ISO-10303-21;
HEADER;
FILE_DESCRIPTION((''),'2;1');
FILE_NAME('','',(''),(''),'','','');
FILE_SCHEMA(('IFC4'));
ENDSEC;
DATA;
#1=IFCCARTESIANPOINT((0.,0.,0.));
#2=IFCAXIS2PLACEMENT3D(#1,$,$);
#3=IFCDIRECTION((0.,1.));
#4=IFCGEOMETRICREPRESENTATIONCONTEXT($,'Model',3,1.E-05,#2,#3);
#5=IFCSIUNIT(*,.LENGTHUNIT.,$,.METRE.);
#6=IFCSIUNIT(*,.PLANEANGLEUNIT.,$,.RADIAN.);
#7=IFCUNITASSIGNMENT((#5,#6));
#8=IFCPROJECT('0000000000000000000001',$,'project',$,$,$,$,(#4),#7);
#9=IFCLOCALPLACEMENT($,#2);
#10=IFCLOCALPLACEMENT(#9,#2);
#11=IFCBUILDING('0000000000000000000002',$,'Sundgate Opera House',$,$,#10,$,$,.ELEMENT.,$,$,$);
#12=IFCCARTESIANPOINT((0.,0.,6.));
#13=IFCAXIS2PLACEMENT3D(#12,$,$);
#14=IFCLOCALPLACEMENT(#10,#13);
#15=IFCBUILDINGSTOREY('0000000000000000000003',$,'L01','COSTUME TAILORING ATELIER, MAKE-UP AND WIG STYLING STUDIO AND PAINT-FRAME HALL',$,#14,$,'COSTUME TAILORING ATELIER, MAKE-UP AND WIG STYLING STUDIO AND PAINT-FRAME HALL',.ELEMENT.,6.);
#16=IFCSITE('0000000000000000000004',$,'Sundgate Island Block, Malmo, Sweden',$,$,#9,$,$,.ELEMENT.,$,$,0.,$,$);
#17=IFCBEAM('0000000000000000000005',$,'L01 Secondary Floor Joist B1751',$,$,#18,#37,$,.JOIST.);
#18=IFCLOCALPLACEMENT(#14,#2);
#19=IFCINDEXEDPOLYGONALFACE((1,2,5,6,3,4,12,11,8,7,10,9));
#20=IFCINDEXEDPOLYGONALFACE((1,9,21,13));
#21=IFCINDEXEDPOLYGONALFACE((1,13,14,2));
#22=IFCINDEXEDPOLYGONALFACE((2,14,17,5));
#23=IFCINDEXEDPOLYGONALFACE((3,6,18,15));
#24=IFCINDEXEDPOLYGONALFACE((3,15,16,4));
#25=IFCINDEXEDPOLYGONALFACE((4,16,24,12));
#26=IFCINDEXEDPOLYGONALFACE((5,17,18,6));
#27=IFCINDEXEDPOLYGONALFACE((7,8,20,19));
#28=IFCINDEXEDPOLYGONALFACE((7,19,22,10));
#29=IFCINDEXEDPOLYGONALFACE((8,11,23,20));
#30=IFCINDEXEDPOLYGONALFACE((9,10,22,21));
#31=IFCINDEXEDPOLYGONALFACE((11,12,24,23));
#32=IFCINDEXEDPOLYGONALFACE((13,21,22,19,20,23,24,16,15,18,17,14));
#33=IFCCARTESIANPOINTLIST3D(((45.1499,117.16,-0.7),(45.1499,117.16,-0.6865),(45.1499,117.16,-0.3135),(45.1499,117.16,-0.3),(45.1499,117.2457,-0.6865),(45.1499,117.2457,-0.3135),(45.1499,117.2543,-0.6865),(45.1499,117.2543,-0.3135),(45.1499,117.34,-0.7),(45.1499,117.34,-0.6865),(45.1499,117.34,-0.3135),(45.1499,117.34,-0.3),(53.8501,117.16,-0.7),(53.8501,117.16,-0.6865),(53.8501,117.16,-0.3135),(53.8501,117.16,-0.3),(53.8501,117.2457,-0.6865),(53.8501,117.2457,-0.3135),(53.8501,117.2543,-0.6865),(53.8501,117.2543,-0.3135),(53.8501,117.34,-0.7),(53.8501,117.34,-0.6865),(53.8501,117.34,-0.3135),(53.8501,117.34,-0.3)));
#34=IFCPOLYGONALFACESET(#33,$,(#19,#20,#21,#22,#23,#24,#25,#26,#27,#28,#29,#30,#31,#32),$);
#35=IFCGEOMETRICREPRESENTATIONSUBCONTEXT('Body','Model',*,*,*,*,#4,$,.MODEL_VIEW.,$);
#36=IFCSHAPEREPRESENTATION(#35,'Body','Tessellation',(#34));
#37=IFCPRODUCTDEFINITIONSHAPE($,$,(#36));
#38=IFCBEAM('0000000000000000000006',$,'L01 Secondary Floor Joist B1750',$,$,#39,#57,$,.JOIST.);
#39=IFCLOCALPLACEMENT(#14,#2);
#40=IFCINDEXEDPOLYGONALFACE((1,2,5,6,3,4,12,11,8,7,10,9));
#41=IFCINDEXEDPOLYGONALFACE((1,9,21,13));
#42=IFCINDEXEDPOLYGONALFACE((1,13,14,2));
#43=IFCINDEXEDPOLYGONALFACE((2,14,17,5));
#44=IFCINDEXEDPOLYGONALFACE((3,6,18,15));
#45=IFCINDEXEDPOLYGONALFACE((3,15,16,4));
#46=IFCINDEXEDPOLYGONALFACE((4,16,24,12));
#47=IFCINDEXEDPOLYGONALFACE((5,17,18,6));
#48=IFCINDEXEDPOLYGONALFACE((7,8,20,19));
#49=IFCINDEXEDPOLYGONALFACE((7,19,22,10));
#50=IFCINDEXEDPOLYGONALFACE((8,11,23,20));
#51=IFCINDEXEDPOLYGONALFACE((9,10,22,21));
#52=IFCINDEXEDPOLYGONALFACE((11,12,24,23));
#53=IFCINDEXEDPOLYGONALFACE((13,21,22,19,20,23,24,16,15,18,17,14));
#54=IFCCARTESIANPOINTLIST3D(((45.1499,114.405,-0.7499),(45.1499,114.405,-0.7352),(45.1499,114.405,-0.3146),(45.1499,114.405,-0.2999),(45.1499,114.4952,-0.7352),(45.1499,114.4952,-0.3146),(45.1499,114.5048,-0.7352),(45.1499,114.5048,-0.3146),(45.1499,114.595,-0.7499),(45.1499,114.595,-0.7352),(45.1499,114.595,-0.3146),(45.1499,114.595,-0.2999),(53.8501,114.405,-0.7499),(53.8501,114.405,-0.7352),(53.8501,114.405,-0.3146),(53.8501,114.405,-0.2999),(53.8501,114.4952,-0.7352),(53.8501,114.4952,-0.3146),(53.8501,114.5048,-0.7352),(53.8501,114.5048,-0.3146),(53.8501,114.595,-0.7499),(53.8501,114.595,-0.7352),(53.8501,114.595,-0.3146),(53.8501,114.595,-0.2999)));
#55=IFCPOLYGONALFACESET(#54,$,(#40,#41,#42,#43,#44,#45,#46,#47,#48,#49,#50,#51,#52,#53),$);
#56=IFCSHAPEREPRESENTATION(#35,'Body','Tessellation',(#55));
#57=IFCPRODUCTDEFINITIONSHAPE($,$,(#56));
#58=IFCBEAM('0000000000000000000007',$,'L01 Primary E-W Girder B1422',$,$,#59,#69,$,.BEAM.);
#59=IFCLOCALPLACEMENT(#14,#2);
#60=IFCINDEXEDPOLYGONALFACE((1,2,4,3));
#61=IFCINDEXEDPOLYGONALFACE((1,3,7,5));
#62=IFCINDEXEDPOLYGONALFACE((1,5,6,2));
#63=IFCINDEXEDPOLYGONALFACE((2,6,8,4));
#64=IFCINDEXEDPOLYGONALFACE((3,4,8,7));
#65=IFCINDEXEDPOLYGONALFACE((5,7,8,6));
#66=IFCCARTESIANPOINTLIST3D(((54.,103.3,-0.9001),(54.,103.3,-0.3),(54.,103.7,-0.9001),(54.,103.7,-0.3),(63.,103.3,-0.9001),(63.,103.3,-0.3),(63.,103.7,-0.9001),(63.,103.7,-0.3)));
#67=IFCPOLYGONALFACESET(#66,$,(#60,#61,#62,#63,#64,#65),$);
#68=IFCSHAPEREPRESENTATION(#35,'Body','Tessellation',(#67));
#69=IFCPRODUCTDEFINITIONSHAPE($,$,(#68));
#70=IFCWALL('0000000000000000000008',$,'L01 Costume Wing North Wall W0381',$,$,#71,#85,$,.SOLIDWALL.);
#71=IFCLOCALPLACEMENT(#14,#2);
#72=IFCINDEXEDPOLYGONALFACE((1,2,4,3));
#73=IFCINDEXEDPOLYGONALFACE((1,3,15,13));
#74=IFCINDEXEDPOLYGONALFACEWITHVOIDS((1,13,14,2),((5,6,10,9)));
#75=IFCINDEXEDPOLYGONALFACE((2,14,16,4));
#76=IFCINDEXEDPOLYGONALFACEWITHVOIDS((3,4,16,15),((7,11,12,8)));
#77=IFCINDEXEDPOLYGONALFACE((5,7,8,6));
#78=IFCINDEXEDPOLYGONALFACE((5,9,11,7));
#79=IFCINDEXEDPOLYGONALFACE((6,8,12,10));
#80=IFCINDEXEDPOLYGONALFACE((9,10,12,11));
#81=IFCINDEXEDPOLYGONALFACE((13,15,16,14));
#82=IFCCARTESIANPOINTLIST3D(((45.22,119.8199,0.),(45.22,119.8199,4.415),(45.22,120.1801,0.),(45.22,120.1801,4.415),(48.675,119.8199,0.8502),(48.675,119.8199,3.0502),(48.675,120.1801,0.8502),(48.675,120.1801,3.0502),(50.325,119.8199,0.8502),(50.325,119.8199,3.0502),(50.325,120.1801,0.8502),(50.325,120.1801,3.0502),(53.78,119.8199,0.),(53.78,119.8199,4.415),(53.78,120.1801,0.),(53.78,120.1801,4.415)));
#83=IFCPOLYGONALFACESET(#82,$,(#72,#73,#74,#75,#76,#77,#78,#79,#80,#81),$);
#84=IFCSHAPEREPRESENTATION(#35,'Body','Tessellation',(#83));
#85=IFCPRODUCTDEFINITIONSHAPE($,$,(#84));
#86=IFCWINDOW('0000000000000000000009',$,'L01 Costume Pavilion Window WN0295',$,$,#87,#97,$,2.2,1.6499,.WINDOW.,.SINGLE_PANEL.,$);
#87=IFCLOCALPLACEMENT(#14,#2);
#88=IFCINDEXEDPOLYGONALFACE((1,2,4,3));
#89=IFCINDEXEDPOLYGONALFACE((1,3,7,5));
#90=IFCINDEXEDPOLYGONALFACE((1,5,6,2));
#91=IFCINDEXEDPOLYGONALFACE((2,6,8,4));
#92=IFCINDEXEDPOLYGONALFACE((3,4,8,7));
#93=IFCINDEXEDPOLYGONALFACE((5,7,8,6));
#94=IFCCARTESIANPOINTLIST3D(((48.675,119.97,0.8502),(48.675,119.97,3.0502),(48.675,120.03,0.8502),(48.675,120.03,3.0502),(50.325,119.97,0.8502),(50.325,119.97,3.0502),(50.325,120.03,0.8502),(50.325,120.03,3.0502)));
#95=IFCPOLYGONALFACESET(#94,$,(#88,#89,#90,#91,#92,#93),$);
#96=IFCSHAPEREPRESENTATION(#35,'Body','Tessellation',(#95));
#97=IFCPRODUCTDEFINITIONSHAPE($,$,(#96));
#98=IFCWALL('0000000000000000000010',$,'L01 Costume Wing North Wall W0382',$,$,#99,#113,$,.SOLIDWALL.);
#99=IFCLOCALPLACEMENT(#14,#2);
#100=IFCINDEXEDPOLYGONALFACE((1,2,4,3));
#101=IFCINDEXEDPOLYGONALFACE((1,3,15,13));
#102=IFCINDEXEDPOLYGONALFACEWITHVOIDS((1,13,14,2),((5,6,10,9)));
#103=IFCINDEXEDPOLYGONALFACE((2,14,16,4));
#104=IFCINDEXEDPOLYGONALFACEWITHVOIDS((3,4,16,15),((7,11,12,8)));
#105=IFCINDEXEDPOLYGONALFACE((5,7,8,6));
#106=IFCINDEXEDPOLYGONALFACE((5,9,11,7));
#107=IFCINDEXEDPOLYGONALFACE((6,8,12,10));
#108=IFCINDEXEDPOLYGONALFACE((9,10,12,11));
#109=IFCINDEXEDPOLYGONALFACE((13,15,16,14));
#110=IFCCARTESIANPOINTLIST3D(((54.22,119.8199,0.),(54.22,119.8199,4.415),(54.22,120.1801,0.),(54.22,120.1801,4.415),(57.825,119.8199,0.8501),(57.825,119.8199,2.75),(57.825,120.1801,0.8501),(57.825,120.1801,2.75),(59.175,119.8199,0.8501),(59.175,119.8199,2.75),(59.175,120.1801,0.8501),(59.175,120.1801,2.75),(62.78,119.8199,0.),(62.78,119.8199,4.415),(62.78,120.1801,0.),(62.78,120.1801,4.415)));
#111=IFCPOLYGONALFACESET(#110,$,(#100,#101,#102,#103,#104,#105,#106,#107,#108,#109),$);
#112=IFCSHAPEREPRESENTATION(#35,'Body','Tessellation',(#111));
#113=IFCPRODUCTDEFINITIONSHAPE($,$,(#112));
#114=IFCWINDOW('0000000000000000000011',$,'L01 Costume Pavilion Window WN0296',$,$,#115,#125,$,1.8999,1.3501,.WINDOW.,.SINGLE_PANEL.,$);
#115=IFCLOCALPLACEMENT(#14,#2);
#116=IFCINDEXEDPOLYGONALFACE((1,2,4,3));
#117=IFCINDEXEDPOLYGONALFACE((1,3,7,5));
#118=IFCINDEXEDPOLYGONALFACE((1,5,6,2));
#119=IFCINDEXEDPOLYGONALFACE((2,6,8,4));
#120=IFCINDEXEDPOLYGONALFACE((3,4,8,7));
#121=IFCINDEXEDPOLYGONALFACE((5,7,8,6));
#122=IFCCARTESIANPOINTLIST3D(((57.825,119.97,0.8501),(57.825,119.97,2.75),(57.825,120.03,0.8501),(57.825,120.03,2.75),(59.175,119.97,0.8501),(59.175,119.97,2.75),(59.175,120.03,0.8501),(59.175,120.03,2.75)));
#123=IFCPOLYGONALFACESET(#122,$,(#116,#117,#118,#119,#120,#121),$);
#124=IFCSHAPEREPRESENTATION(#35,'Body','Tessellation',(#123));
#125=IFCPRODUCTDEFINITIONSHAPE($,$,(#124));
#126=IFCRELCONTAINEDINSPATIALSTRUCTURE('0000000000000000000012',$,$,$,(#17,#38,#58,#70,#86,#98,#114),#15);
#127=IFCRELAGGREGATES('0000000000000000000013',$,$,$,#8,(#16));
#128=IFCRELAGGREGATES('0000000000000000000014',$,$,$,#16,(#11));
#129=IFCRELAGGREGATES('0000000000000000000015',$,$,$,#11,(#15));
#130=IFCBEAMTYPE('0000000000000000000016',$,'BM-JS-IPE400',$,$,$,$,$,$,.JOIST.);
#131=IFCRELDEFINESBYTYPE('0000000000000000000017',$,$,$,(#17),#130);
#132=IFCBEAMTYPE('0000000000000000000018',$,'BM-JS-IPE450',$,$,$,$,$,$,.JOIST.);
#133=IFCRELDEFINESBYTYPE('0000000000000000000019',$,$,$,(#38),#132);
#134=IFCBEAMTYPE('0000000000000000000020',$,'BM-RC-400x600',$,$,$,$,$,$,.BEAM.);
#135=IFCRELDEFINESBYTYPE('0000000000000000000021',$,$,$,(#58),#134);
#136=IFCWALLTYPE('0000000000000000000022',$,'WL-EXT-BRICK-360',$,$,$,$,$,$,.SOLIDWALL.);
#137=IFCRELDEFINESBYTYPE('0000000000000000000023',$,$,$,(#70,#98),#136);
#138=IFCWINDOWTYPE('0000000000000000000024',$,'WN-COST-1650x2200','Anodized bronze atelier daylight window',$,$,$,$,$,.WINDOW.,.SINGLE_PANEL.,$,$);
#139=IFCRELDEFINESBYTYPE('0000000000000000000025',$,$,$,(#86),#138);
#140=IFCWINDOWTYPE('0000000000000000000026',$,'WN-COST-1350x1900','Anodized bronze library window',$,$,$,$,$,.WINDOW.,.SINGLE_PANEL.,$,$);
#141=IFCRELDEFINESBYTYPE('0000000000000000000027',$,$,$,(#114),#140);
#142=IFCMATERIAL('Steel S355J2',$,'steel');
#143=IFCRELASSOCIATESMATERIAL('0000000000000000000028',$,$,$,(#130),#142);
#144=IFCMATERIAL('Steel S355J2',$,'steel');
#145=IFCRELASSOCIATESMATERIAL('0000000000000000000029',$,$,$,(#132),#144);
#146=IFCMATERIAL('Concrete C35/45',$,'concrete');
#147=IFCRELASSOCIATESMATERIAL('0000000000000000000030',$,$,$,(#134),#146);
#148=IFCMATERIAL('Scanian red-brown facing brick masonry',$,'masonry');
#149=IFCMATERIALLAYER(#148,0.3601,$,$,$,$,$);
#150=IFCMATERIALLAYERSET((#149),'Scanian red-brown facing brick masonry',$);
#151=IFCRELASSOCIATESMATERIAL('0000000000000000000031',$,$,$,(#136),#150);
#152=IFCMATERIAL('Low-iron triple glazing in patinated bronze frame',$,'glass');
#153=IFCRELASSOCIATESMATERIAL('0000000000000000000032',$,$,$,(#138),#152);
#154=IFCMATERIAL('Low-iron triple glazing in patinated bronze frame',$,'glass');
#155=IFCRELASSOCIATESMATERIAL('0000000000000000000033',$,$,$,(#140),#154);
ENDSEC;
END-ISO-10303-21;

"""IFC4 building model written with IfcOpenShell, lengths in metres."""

from ifc_helpers import new_model, si_unit, direction, frame, frame_2d, origin, origin_2d, place, context, subcontext, project, spatial, rectangle, i_section, extrude, material, layer, layer_set, material_profile, profile_set, type_object, element, fill, save


model = new_model("IFC4")

# Units and contexts
model_context = context("Model", 3, precision=1e-05, world=origin(), true_north=direction((0.0, 1.0)))
body_context = subcontext(model_context, "Body", "Model", "MODEL_VIEW")
ifc_project = project(units=[si_unit("LENGTHUNIT", "METRE"), si_unit("PLANEANGLEUNIT", "RADIAN")], contexts=[model_context])

# Site, building, storey
site_placement = place(None, origin())
site = spatial("IfcSite", under=ifc_project, at=site_placement, Name="Sundgate Island Block, Malmo, Sweden", CompositionType="ELEMENT", RefElevation=0.0)
building_placement = place(site_placement, origin())
building = spatial("IfcBuilding", under=site, at=building_placement, Name="Sundgate Opera House", CompositionType="ELEMENT")
storey_placement = place(building_placement, frame((0.0, 0.0, 6.0)))
storey = spatial("IfcBuildingStorey", under=building, at=storey_placement, Name="L01", Description="COSTUME TAILORING ATELIER, MAKE-UP AND WIG STYLING STUDIO AND PAINT-FRAME HALL", LongName="COSTUME TAILORING ATELIER, MAKE-UP AND WIG STYLING STUDIO AND PAINT-FRAME HALL", CompositionType="ELEMENT", Elevation=6.0)

# Beams
ifc_material_1 = material(Name="Steel S355J2", Category="steel")
ifc_material_profile_1 = material_profile(ifc_material_1, i_section(OverallWidth=0.1799, OverallDepth=0.3999, WebThickness=0.0085, FlangeThickness=0.0134, at=origin_2d()), Name="IPE 400")
ifc_profile_set_1 = profile_set([ifc_material_profile_1], Name="Steel S355J2")
beam_type_1 = type_object("IfcBeamType", Name="BM-JS-IPE400", PredefinedType="JOIST", material=ifc_profile_set_1)
beam_1_placement = place(storey_placement, frame((45.1499, 117.25, -0.5), z_axis=(1.0, 0.0, 0.0), x_axis=(0.0, 1.0, 0.0)))
element("IfcBeam", 1, at=beam_1_placement, inside=storey, type_object=beam_type_1, Name="L01 Secondary Floor Joist B1751", PredefinedType="JOIST", context=body_context, shape_type="SweptSolid", body=[
    extrude(i_section(OverallWidth=0.1799, OverallDepth=0.3999, WebThickness=0.0085, FlangeThickness=0.0134, at=origin_2d()), origin(), (0.0, 0.0, 1.0), 8.7002),
])
ifc_material_2 = material(Name="Steel S355J2", Category="steel")
ifc_material_profile_2 = material_profile(ifc_material_2, i_section(OverallWidth=0.1899, OverallDepth=0.45, WebThickness=0.0095, FlangeThickness=0.0146, at=origin_2d()), Name="IPE 450")
ifc_profile_set_2 = profile_set([ifc_material_profile_2], Name="Steel S355J2")
beam_type_2 = type_object("IfcBeamType", Name="BM-JS-IPE450", PredefinedType="JOIST", material=ifc_profile_set_2)
beam_2_placement = place(storey_placement, frame((45.1499, 114.5, -0.5249), z_axis=(1.0, 0.0, 0.0), x_axis=(0.0, 1.0, 0.0)))
element("IfcBeam", 2, at=beam_2_placement, inside=storey, type_object=beam_type_2, Name="L01 Secondary Floor Joist B1750", PredefinedType="JOIST", context=body_context, shape_type="SweptSolid", body=[
    extrude(i_section(OverallWidth=0.1899, OverallDepth=0.45, WebThickness=0.0095, FlangeThickness=0.0146, at=origin_2d()), origin(), (0.0, 0.0, 1.0), 8.7002),
])
ifc_material_3 = material(Name="Concrete C35/45", Category="concrete")
ifc_material_profile_3 = material_profile(ifc_material_3, rectangle(XDim=0.3999, YDim=0.6001, at=origin_2d()), Name="RC 400x600")
ifc_profile_set_3 = profile_set([ifc_material_profile_3], Name="Concrete C35/45")
beam_type_3 = type_object("IfcBeamType", Name="BM-RC-400x600", PredefinedType="BEAM", material=ifc_profile_set_3)
beam_3_placement = place(storey_placement, frame((54.0, 103.5, -0.6001), z_axis=(1.0, 0.0, 0.0), x_axis=(0.0, 1.0, 0.0)))
element("IfcBeam", 3, at=beam_3_placement, inside=storey, type_object=beam_type_3, Name="L01 Primary E-W Girder B1422", PredefinedType="BEAM", context=body_context, shape_type="SweptSolid", body=[
    extrude(rectangle(XDim=0.3999, YDim=0.6001, at=origin_2d()), origin(), (0.0, 0.0, 1.0), 9.0),
])

# Walls, openings, windows
ifc_material_4 = material(Name="Scanian red-brown facing brick masonry", Category="masonry")
ifc_layer = layer(ifc_material_4, 0.3601)
ifc_layer_set = layer_set([ifc_layer], Name="Scanian red-brown facing brick masonry")
wall_type = type_object("IfcWallType", Name="WL-EXT-BRICK-360", PredefinedType="SOLIDWALL", material=ifc_layer_set)
wall_1_placement = place(storey_placement, frame((45.22, 120.0, 0.0), z_axis=(0.0, 0.0, 1.0), x_axis=(1.0, 0.0, 0.0)))
wall_1 = element("IfcWall", 4, at=wall_1_placement, inside=storey, type_object=wall_type, Name="L01 Costume Wing North Wall W0381", PredefinedType="SOLIDWALL", context=body_context, shape_type="SweptSolid", body=[
    extrude(rectangle(XDim=8.5601, YDim=0.3601, at=frame_2d((4.28, 0.0))), origin(), (0.0, 0.0, 1.0), 4.415),
])
opening_1_placement = place(wall_1_placement, frame((3.4551, 0.0, 0.8501)))
opening_1 = element("IfcOpeningElement", 5, at=opening_1_placement, cuts=wall_1, PredefinedType="OPENING", context=body_context, shape_type="SweptSolid", body=[
    extrude(rectangle(XDim=1.6499, YDim=2.2, at=frame_2d((0.825, 1.1001))), frame((0.0, 0.1899, 0.0), z_axis=(0.0, -1.0, 0.0), x_axis=(1.0, 0.0, 0.0)), (0.0, 0.0, 1.0), 0.3801),
])
ifc_material_5 = material(Name="Low-iron triple glazing in patinated bronze frame", Category="glass")
window_type_1 = type_object("IfcWindowType", Name="WN-COST-1650x2200", Description="Anodized bronze atelier daylight window", PartitioningType="SINGLE_PANEL", PredefinedType="WINDOW", material=ifc_material_5)
window_1_placement = place(opening_1_placement, origin())
window_1 = element("IfcWindow", 6, at=window_1_placement, inside=storey, type_object=window_type_1, Name="L01 Costume Pavilion Window WN0295", OverallHeight=2.2, OverallWidth=1.6499, PartitioningType="SINGLE_PANEL", PredefinedType="WINDOW", context=body_context, shape_type="SweptSolid", body=[
    extrude(rectangle(XDim=1.6499, YDim=2.2, at=frame_2d((0.825, 1.1001))), frame((0.0, 0.03, 0.0), z_axis=(0.0, -1.0, 0.0), x_axis=(1.0, 0.0, 0.0)), (0.0, 0.0, 1.0), 0.0601),
])
fill(opening_1, window_1)
wall_2_placement = place(storey_placement, frame((54.22, 120.0, 0.0), z_axis=(0.0, 0.0, 1.0), x_axis=(1.0, 0.0, 0.0)))
wall_2 = element("IfcWall", 7, at=wall_2_placement, inside=storey, type_object=wall_type, Name="L01 Costume Wing North Wall W0382", PredefinedType="SOLIDWALL", context=body_context, shape_type="SweptSolid", body=[
    extrude(rectangle(XDim=8.5601, YDim=0.3601, at=frame_2d((4.28, 0.0))), origin(), (0.0, 0.0, 1.0), 4.415),
])
opening_2_placement = place(wall_2_placement, frame((3.605, 0.0, 0.8501)))
opening_2 = element("IfcOpeningElement", 8, at=opening_2_placement, cuts=wall_2, PredefinedType="OPENING", context=body_context, shape_type="SweptSolid", body=[
    extrude(rectangle(XDim=1.3501, YDim=1.8999, at=frame_2d((0.675, 0.95))), frame((0.0, 0.1899, 0.0), z_axis=(0.0, -1.0, 0.0), x_axis=(1.0, 0.0, 0.0)), (0.0, 0.0, 1.0), 0.3801),
])
ifc_material_6 = material(Name="Low-iron triple glazing in patinated bronze frame", Category="glass")
window_type_2 = type_object("IfcWindowType", Name="WN-COST-1350x1900", Description="Anodized bronze library window", PartitioningType="SINGLE_PANEL", PredefinedType="WINDOW", material=ifc_material_6)
window_2_placement = place(opening_2_placement, origin())
window_2 = element("IfcWindow", 9, at=window_2_placement, inside=storey, type_object=window_type_2, Name="L01 Costume Pavilion Window WN0296", OverallHeight=1.8999, OverallWidth=1.3501, PartitioningType="SINGLE_PANEL", PredefinedType="WINDOW", context=body_context, shape_type="SweptSolid", body=[
    extrude(rectangle(XDim=1.3501, YDim=1.8999, at=frame_2d((0.675, 0.95))), frame((0.0, 0.03, 0.0), z_axis=(0.0, -1.0, 0.0), x_axis=(1.0, 0.0, 0.0)), (0.0, 0.0, 1.0), 0.0601),
])
fill(opening_2, window_2)

save(model, "model.ifc")
